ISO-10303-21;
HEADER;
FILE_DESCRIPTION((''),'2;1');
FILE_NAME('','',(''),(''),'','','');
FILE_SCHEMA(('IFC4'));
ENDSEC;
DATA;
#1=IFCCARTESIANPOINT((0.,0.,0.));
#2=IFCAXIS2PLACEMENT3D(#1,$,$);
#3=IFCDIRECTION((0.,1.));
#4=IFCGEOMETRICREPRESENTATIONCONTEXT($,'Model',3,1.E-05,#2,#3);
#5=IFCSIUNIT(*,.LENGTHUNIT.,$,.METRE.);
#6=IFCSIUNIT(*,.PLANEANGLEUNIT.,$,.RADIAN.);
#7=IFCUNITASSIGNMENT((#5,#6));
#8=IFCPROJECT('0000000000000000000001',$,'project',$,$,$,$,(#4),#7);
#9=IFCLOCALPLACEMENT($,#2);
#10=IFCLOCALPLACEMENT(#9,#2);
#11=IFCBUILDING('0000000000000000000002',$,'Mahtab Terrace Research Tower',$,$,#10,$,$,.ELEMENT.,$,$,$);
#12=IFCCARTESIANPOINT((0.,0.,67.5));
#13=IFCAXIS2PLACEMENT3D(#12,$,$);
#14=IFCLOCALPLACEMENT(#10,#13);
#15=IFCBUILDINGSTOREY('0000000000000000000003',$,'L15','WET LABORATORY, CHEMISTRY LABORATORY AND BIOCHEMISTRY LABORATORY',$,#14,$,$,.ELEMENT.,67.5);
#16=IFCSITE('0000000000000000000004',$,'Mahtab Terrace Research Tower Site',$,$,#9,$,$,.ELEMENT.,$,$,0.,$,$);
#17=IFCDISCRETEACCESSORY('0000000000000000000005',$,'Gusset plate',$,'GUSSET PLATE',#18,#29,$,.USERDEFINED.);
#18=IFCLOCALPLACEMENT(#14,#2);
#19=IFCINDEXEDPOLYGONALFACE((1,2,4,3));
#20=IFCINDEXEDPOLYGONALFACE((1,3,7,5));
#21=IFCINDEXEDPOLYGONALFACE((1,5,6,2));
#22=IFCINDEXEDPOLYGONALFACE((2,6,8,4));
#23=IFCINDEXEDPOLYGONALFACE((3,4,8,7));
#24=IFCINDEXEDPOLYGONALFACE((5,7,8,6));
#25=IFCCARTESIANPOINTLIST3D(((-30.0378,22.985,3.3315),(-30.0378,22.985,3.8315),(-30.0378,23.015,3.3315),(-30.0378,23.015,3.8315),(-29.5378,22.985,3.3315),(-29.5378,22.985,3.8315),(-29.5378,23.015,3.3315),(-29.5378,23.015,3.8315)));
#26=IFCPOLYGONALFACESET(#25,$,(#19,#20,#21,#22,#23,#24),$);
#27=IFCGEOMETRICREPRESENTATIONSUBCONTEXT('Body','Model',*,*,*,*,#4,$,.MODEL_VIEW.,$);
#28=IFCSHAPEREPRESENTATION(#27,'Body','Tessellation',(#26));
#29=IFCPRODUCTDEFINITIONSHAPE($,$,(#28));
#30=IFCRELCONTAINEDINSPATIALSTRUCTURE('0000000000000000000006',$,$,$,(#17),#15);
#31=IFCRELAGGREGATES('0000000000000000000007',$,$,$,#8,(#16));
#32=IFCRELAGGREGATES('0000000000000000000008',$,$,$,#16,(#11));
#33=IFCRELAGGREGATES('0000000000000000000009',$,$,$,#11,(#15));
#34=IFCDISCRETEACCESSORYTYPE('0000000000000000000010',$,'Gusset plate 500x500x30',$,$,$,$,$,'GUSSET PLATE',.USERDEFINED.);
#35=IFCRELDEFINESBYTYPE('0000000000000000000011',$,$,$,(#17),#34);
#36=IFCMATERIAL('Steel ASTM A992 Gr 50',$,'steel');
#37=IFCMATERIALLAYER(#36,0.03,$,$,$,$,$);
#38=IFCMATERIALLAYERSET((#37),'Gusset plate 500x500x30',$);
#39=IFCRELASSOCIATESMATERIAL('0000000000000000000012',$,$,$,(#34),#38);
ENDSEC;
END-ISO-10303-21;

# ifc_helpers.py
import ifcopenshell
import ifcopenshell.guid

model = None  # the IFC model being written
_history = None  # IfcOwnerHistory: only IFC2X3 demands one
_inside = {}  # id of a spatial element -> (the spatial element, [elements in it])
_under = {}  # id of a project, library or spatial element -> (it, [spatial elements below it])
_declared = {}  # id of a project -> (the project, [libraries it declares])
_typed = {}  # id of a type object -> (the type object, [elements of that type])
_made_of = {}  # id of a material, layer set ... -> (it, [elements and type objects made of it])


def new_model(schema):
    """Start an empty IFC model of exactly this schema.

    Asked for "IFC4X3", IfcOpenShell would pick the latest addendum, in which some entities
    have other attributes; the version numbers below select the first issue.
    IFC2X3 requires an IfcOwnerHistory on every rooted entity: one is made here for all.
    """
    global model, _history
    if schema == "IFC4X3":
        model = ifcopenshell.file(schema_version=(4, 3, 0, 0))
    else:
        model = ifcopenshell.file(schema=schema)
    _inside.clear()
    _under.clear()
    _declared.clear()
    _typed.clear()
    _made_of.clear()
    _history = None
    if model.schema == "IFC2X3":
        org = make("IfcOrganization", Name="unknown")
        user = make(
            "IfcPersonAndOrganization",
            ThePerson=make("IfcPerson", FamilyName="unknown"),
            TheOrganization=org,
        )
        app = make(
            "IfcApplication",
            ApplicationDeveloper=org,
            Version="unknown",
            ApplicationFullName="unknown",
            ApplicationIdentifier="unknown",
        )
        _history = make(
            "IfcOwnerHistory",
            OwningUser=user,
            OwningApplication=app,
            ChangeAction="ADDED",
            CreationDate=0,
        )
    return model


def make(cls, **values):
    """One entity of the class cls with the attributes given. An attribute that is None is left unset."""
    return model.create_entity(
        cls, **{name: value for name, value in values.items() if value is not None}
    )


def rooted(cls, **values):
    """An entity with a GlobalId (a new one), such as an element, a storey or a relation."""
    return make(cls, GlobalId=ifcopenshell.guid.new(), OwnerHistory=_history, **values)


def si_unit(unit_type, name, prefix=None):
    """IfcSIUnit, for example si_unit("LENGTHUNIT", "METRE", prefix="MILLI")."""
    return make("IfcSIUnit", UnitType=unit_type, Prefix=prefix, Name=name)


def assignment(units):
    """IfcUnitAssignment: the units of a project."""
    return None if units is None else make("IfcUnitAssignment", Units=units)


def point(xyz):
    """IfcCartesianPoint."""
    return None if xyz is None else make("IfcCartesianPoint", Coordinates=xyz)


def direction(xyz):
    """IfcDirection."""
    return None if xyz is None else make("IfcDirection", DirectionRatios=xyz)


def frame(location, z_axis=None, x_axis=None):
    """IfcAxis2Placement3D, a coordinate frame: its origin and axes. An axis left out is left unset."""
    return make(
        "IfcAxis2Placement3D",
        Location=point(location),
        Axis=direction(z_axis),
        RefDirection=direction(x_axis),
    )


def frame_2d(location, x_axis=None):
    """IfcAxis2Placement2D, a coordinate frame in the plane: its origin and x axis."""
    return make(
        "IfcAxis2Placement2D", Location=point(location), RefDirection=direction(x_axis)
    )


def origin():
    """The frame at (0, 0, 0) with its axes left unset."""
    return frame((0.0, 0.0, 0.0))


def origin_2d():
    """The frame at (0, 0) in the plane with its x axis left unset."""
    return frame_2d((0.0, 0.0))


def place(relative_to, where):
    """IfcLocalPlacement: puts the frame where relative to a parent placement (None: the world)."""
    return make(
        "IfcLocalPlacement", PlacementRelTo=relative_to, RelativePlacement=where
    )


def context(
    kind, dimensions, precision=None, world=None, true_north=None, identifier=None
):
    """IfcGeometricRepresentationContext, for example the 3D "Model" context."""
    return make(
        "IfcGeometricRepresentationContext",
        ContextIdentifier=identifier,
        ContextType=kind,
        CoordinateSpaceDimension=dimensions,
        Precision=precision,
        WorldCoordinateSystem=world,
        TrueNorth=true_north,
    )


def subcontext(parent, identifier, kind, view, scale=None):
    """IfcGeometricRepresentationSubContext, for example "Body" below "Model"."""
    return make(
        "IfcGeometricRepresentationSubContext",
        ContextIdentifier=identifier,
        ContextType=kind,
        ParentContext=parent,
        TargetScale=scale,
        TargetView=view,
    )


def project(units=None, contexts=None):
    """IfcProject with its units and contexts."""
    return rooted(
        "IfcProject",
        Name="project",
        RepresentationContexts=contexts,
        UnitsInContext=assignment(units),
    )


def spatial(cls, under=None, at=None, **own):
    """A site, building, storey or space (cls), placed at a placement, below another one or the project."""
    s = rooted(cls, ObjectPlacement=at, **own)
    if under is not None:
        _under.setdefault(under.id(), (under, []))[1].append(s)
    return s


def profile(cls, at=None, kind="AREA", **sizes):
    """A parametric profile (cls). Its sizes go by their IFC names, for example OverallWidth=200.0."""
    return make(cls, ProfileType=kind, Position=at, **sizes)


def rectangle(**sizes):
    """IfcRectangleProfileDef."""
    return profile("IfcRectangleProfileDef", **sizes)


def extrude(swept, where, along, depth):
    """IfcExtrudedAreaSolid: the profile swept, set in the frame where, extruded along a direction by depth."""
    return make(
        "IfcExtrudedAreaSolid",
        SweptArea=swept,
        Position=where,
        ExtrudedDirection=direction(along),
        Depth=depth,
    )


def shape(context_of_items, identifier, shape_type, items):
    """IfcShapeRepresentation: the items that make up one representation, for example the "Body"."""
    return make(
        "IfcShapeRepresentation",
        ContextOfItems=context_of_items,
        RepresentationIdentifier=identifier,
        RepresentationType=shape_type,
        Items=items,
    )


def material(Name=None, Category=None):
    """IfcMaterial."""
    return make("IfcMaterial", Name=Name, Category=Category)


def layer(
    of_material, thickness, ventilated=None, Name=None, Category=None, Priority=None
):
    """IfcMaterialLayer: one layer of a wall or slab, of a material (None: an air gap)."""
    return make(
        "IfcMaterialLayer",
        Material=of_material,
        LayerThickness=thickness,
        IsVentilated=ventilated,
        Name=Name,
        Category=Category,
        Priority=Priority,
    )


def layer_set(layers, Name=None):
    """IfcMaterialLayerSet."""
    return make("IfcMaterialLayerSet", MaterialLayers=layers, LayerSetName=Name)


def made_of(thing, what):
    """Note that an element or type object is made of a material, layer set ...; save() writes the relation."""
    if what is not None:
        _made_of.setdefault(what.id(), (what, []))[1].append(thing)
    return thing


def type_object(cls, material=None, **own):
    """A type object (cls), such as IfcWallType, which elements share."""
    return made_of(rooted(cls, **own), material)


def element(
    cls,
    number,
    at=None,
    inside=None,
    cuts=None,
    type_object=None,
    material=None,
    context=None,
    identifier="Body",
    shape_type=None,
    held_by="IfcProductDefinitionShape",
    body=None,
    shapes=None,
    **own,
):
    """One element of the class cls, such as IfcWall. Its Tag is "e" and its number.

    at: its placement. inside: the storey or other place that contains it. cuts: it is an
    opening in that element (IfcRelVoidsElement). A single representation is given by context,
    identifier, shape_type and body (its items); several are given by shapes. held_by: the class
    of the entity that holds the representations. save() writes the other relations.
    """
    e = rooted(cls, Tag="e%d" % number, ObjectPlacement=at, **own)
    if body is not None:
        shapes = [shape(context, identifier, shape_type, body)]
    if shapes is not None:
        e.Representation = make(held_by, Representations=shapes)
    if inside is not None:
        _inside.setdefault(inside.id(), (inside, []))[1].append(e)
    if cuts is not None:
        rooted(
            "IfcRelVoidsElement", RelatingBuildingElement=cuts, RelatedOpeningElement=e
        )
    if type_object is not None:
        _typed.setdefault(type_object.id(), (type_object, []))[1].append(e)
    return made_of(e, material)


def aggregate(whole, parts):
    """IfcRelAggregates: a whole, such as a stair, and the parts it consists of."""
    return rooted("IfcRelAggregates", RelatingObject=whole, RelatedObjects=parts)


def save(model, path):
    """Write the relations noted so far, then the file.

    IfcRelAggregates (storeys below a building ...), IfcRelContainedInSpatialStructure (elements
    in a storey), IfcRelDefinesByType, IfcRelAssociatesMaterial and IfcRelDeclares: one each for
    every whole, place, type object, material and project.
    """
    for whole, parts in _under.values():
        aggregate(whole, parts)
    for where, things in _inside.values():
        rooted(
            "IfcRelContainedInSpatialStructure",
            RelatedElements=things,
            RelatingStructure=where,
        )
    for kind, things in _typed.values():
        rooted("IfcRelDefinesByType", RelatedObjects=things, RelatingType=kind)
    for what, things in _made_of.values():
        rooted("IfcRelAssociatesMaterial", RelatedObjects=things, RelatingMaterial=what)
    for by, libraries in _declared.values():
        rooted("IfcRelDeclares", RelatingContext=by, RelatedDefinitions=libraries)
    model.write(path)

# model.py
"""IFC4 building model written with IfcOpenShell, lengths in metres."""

from ifc_helpers import new_model, si_unit, direction, frame, origin, origin_2d, place, context, subcontext, project, spatial, rectangle, extrude, material, layer, layer_set, type_object, element, save


model = new_model("IFC4")

# Units and contexts
model_context = context("Model", 3, precision=1e-05, world=origin(), true_north=direction((0.0, 1.0)))
body_context = subcontext(model_context, "Body", "Model", "MODEL_VIEW")
ifc_project = project(units=[si_unit("LENGTHUNIT", "METRE"), si_unit("PLANEANGLEUNIT", "RADIAN")], contexts=[model_context])

# Site, building, storey
site_placement = place(None, origin())
site = spatial("IfcSite", under=ifc_project, at=site_placement, Name="Mahtab Terrace Research Tower Site", CompositionType="ELEMENT", RefElevation=0.0)
building_placement = place(site_placement, origin())
building = spatial("IfcBuilding", under=site, at=building_placement, Name="Mahtab Terrace Research Tower", CompositionType="ELEMENT")
storey_placement = place(building_placement, frame((0.0, 0.0, 67.5)))
storey = spatial("IfcBuildingStorey", under=building, at=storey_placement, Name="L15", Description="WET LABORATORY, CHEMISTRY LABORATORY AND BIOCHEMISTRY LABORATORY", CompositionType="ELEMENT", Elevation=67.5)

# Shared definitions
ifc_material_1 = material(Name="Steel ASTM A992 Gr 50", Category="steel")

# Discrete accessory
ifc_layer_1 = layer(ifc_material_1, 0.03)
ifc_layer_set_1 = layer_set([ifc_layer_1], Name="Gusset plate 500x500x30")
discrete_accessory_type = type_object("IfcDiscreteAccessoryType", Name="Gusset plate 500x500x30", ElementType="GUSSET PLATE", PredefinedType="USERDEFINED", material=ifc_layer_set_1)
discrete_accessory_placement = place(storey_placement, frame((-29.7878, 23.0, 3.3315), z_axis=(0.0, 0.0, 1.0), x_axis=(1.0, 0.0, 0.0)))
element("IfcDiscreteAccessory", 1, at=discrete_accessory_placement, inside=storey, type_object=discrete_accessory_type, Name="Gusset plate", ObjectType="GUSSET PLATE", PredefinedType="USERDEFINED", context=body_context, shape_type="SweptSolid", body=[
    extrude(rectangle(XDim=0.5, YDim=0.03, at=origin_2d()), origin(), (0.0, 0.0, 1.0), 0.5),
])

save(model, "model.ifc")
